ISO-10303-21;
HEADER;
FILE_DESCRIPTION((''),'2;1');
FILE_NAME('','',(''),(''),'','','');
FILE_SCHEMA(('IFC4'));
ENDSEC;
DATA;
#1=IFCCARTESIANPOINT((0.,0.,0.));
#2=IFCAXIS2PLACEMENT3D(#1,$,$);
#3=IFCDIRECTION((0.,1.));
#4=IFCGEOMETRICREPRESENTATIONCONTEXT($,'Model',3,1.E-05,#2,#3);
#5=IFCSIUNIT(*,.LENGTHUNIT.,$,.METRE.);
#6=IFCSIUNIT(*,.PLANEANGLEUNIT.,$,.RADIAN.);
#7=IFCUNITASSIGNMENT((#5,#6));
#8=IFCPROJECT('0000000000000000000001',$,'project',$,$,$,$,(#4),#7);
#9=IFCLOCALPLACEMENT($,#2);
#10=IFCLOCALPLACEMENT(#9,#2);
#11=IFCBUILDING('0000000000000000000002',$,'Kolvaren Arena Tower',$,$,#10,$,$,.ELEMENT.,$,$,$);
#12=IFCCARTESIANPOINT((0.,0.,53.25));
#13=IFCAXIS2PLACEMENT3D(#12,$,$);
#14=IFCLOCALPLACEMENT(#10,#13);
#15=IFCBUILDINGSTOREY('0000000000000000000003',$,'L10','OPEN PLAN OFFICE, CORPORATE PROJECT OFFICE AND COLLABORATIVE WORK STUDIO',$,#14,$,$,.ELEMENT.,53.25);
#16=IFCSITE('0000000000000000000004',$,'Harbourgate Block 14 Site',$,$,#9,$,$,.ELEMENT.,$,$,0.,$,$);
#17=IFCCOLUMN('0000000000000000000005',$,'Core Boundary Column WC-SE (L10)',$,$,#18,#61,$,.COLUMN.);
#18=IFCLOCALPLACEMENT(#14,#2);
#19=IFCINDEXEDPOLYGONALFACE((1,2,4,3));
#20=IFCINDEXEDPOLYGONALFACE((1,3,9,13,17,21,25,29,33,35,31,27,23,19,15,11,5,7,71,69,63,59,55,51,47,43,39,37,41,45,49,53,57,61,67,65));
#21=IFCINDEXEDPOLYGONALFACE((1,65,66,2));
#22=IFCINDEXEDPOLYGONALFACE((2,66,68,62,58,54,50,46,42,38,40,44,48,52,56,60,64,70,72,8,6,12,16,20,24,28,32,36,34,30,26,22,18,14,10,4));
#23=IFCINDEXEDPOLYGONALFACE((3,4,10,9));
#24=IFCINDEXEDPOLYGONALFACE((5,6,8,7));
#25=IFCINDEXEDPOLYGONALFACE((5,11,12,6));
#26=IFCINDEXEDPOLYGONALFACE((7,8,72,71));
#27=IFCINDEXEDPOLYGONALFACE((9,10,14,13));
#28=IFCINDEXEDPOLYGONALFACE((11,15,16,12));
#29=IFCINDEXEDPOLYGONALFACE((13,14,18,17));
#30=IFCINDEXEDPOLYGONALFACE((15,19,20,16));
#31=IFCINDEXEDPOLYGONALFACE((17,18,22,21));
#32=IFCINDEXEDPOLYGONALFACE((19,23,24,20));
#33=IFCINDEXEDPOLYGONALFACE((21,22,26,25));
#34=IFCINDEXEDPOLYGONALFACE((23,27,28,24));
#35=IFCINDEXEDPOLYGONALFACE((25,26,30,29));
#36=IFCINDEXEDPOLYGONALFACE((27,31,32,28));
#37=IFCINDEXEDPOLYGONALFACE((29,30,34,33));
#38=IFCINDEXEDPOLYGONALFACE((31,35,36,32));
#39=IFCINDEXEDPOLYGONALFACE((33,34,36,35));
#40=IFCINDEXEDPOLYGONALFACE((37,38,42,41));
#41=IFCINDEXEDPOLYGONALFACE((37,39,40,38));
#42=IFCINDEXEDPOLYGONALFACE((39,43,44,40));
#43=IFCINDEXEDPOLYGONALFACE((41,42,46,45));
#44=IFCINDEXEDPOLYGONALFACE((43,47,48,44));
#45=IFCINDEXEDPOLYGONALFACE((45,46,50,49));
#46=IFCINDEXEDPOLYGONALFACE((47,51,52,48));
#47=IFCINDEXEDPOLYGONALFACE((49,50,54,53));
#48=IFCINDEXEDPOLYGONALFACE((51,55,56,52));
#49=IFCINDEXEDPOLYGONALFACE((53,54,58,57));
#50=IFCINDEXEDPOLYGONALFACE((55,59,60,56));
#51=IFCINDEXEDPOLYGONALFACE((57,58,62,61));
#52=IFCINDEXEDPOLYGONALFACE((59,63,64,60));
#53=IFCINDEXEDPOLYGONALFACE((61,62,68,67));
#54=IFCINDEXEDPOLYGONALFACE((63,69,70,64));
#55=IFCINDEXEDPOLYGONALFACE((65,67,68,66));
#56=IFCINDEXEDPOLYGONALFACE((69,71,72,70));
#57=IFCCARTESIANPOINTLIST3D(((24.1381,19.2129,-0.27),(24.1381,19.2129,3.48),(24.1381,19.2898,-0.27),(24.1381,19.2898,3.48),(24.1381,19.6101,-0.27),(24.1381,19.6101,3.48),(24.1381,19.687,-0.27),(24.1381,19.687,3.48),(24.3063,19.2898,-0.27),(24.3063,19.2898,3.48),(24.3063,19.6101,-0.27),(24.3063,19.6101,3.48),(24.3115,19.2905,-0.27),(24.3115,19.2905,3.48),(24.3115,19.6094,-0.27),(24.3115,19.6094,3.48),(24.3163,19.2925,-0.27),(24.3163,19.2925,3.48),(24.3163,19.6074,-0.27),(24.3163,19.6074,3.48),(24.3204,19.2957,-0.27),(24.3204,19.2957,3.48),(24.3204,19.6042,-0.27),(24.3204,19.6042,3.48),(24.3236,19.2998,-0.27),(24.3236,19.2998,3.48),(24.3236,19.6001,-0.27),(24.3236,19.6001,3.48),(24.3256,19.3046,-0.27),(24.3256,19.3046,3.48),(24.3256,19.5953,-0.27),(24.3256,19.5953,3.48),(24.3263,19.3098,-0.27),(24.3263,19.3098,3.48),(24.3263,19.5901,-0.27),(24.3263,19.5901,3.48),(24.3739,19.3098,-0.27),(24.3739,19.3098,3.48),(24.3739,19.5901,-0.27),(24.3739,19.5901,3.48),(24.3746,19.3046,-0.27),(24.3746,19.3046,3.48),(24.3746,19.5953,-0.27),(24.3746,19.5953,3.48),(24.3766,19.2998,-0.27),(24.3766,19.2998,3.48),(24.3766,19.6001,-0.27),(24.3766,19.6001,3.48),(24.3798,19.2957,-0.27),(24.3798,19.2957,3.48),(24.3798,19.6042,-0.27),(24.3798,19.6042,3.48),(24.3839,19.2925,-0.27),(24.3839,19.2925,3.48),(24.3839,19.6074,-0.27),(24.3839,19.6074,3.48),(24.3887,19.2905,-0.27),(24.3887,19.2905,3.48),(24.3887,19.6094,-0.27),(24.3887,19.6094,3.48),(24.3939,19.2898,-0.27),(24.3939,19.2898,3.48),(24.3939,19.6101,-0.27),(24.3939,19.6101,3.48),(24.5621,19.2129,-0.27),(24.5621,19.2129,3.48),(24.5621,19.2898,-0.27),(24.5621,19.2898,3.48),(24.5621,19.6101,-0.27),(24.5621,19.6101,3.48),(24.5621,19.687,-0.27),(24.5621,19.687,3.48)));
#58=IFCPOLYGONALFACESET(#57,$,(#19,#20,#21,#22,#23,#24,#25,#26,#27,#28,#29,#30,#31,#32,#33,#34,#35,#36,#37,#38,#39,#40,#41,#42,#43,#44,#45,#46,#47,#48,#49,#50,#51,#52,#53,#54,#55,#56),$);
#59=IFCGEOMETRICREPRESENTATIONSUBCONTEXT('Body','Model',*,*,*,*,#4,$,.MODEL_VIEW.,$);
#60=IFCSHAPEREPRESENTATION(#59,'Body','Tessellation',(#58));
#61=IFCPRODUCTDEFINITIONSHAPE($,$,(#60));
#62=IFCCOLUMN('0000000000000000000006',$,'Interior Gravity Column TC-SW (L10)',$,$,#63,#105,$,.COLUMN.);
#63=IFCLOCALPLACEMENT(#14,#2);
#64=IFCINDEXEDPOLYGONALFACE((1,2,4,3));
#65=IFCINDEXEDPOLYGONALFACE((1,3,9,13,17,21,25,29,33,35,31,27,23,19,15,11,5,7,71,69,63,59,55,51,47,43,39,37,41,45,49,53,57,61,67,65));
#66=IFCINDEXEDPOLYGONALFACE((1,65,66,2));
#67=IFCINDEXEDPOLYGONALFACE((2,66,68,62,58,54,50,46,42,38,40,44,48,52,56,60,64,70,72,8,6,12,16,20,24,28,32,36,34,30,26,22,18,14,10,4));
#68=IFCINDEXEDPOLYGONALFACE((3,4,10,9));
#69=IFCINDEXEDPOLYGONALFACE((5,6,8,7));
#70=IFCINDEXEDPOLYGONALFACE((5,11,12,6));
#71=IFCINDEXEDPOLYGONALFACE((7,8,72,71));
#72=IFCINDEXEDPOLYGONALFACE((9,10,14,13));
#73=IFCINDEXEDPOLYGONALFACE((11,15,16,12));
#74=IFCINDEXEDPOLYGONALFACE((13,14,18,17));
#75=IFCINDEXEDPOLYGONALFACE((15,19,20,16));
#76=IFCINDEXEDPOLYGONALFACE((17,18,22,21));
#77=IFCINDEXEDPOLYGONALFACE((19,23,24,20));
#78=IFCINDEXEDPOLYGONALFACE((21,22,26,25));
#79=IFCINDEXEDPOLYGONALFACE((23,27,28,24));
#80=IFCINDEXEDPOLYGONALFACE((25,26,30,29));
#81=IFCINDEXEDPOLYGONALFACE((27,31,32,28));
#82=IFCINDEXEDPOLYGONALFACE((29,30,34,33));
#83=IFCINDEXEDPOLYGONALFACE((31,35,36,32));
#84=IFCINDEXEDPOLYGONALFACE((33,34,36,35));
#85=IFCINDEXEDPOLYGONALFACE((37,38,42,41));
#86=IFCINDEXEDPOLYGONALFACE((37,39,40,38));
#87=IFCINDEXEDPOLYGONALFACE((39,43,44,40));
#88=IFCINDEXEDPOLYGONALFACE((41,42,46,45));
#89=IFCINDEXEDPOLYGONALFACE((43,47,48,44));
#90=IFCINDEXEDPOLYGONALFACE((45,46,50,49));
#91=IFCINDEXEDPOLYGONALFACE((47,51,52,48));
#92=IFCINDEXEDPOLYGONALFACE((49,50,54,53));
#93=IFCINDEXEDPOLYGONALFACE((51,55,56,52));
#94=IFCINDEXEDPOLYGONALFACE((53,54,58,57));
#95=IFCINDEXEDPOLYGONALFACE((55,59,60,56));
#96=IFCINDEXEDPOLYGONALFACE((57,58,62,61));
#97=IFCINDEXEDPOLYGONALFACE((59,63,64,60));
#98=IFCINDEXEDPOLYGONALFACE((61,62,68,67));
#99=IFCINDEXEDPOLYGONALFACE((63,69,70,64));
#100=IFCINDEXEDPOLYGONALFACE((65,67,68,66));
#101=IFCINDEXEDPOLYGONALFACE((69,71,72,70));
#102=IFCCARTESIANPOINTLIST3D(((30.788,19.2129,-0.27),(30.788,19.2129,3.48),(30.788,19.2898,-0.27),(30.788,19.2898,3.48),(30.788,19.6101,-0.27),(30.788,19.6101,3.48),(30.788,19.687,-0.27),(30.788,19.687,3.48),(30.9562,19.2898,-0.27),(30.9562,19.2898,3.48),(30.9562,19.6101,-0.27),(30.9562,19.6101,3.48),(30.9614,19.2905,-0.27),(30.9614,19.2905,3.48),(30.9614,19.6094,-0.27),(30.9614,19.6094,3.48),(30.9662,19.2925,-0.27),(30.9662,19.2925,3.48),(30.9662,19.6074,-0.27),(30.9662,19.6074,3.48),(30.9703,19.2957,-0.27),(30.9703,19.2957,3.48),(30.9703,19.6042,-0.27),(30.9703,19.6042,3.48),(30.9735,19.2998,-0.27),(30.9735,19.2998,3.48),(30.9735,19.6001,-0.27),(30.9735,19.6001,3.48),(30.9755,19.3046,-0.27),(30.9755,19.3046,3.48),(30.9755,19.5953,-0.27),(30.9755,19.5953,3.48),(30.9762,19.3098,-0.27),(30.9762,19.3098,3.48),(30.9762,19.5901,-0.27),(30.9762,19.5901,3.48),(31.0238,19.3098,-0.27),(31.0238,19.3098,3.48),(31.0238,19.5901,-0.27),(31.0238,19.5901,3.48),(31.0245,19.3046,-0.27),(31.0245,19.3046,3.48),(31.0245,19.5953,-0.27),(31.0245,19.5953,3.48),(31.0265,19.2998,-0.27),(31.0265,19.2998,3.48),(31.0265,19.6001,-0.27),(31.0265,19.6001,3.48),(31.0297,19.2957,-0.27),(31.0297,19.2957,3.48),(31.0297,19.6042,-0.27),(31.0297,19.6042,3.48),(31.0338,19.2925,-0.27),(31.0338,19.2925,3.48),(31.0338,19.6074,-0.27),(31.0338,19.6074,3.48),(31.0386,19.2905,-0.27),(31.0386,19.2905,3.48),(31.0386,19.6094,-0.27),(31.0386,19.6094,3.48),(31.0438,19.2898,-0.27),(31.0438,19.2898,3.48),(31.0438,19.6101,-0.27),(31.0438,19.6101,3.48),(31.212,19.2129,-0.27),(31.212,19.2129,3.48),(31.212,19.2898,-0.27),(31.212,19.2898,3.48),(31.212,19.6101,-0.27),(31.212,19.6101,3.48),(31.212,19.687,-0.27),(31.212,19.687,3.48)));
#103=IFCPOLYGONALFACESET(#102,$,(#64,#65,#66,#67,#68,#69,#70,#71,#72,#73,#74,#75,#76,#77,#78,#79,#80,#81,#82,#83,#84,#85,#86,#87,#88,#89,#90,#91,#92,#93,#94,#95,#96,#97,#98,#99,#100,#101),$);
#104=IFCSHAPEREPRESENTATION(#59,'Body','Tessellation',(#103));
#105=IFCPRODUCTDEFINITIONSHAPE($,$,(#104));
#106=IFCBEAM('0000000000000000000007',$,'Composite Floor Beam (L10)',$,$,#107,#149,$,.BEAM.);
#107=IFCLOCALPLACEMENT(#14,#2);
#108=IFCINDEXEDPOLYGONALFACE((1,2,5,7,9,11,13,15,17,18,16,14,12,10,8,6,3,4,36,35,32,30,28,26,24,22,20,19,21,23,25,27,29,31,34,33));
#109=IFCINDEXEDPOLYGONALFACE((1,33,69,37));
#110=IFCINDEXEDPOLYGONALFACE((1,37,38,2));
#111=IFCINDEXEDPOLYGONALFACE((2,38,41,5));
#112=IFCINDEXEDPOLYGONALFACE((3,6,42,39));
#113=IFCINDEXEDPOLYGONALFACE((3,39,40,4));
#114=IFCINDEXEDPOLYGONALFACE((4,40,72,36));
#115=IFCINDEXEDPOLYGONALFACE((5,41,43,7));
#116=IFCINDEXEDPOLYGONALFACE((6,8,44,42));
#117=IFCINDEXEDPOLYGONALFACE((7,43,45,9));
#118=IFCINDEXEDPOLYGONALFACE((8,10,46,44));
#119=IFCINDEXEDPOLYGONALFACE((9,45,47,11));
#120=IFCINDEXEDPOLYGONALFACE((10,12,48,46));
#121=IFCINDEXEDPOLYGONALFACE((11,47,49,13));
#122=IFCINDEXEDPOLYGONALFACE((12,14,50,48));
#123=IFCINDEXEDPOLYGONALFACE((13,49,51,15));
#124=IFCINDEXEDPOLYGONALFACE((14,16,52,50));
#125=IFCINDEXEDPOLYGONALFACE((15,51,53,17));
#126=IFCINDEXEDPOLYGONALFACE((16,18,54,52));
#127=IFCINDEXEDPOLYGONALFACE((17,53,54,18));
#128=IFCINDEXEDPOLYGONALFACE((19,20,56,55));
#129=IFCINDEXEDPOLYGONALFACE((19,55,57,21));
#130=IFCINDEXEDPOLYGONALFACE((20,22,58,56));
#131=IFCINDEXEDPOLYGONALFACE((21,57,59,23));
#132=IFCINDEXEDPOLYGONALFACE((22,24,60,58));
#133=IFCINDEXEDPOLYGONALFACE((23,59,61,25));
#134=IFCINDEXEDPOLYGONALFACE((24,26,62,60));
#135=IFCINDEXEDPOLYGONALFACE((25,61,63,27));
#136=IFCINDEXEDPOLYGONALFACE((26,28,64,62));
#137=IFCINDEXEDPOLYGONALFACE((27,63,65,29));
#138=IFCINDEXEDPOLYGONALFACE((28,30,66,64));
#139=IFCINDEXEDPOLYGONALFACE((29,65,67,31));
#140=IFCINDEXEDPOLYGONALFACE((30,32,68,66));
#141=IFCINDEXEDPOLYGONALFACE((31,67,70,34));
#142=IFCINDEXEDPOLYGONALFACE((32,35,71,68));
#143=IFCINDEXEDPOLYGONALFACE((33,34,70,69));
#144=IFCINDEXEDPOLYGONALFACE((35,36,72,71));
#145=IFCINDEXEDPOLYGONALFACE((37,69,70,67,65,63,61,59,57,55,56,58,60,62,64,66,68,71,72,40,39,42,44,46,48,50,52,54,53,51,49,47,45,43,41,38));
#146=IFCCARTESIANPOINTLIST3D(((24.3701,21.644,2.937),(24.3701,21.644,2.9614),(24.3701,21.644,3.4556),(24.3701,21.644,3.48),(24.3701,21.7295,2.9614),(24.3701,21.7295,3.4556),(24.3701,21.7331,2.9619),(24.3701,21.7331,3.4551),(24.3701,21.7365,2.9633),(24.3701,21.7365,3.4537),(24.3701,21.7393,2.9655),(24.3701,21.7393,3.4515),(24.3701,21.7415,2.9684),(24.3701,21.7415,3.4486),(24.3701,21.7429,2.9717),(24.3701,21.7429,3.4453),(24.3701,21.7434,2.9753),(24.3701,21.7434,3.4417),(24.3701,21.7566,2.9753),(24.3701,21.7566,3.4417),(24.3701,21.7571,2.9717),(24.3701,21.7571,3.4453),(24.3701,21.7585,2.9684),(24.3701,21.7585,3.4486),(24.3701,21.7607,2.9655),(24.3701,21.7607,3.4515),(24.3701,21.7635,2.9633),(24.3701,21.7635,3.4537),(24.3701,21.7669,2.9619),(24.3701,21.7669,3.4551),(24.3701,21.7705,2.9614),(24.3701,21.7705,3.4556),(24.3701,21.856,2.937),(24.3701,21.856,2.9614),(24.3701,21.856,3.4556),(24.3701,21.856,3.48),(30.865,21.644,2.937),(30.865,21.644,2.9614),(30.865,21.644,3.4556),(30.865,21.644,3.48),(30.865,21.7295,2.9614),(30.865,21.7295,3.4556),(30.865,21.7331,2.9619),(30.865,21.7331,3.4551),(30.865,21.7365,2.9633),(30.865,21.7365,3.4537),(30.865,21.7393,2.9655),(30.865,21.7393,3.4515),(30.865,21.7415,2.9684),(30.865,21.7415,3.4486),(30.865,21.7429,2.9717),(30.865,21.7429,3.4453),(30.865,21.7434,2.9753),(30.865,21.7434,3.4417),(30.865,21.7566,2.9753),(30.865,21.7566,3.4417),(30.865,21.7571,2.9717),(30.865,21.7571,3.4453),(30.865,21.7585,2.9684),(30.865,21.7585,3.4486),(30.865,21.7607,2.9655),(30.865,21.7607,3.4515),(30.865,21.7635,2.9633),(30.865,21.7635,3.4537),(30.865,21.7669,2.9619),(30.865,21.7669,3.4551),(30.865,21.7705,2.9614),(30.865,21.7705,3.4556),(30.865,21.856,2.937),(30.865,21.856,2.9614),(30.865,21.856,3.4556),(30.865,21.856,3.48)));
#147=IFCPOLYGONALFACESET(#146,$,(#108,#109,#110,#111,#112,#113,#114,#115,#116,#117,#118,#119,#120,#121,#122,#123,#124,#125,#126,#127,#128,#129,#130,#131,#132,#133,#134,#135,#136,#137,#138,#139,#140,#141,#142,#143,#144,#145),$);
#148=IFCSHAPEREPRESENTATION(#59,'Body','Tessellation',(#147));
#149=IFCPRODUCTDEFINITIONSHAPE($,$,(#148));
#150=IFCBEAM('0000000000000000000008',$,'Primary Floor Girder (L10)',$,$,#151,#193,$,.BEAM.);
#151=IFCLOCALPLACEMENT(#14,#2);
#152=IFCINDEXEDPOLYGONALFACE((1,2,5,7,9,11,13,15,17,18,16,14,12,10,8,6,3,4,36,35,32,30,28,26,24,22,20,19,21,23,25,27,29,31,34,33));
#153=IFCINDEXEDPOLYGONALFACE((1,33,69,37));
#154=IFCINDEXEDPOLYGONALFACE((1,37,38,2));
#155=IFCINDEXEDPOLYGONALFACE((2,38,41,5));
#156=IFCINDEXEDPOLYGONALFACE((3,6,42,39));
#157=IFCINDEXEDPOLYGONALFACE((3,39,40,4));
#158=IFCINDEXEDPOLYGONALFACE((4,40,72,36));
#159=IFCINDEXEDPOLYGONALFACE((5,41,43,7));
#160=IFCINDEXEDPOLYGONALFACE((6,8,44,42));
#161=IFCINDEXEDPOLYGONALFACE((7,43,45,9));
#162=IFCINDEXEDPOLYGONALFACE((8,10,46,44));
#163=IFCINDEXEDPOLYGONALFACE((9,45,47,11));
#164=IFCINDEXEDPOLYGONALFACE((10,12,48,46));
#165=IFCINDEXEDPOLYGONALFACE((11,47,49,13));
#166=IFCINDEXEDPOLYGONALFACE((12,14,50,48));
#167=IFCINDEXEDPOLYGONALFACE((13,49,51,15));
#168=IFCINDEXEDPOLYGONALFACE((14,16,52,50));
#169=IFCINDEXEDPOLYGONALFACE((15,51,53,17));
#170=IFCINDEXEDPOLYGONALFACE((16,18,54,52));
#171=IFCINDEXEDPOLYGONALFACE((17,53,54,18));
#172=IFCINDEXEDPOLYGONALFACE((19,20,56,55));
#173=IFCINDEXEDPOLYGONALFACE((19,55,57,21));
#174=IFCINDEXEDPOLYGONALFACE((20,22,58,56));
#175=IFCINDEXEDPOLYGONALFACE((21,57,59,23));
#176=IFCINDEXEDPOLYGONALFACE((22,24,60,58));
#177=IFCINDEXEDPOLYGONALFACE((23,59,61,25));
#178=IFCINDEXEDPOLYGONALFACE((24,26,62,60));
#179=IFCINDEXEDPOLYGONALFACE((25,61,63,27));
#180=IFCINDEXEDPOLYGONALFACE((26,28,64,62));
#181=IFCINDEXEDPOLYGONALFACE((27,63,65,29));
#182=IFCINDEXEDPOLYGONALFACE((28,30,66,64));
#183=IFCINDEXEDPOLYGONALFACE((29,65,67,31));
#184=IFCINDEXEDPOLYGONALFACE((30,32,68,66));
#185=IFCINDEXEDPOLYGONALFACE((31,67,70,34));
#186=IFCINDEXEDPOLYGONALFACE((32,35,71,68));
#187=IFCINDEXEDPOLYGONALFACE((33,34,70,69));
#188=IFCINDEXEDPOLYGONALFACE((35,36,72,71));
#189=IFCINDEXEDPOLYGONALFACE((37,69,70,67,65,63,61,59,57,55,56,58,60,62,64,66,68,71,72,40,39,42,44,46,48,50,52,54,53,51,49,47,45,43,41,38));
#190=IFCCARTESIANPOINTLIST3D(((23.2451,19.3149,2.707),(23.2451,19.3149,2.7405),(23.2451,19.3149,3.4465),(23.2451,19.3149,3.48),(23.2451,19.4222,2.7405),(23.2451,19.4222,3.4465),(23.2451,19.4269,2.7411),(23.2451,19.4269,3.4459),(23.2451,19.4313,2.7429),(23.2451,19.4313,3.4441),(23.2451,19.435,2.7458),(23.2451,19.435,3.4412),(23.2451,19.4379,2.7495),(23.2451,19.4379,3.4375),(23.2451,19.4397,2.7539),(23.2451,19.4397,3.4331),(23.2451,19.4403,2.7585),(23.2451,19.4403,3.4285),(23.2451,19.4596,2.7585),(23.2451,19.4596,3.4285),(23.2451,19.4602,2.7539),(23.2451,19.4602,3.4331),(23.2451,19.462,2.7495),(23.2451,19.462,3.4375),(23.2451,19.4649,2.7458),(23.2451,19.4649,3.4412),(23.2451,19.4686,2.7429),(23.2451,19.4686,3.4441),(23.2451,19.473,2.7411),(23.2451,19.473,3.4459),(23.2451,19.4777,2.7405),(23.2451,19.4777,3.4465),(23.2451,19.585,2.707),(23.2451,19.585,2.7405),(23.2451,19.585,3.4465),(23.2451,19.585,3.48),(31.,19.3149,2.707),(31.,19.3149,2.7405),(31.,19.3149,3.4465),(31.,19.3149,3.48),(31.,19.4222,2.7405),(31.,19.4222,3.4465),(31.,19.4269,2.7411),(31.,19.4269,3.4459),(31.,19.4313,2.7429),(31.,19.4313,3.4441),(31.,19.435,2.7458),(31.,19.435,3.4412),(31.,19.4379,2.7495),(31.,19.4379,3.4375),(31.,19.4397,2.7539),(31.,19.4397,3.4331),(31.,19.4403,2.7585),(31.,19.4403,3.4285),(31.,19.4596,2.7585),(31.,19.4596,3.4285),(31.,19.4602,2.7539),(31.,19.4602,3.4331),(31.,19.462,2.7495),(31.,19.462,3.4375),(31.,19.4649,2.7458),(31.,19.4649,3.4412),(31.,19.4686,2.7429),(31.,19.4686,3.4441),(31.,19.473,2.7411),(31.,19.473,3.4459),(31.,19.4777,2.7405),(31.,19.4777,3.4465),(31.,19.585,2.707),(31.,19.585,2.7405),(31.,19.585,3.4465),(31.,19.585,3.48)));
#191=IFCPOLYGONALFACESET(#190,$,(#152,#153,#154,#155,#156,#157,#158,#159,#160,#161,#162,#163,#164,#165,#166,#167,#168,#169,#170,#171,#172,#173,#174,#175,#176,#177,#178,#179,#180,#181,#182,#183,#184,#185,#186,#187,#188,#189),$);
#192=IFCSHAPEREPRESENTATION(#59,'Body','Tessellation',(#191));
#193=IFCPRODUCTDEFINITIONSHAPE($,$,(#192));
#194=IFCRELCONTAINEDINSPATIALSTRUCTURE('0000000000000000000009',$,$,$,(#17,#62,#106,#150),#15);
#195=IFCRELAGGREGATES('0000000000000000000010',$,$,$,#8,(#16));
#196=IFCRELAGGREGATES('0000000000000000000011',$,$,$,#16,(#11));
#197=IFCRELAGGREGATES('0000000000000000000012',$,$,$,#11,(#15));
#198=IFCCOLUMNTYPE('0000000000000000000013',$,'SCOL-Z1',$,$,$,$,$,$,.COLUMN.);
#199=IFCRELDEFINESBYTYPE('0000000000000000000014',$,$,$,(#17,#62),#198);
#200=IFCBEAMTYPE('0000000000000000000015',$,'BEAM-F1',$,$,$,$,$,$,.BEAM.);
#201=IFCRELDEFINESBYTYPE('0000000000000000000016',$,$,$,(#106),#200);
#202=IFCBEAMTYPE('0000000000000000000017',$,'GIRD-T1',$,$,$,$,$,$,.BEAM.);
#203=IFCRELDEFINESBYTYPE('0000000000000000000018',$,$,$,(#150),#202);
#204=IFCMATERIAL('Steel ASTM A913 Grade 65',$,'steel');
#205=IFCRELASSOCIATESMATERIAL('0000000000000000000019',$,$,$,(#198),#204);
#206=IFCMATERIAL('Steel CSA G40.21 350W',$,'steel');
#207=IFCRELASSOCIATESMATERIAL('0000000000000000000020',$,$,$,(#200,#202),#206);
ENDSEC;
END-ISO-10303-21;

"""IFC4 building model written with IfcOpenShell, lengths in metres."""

from ifc_helpers import new_model, si_unit, direction, frame, origin, origin_2d, place, context, subcontext, project, spatial, i_section, extrude, material, material_profile, profile_set, type_object, element, save


model = new_model("IFC4")

# Units and contexts
model_context = context("Model", 3, precision=1e-05, world=origin(), true_north=direction((0.0, 1.0)))
body_context = subcontext(model_context, "Body", "Model", "MODEL_VIEW")
ifc_project = project(units=[si_unit("LENGTHUNIT", "METRE"), si_unit("PLANEANGLEUNIT", "RADIAN")], contexts=[model_context])

# Site, building, storey
site_placement = place(None, origin())
site = spatial("IfcSite", under=ifc_project, at=site_placement, Name="Harbourgate Block 14 Site", CompositionType="ELEMENT", RefElevation=0.0)
building_placement = place(site_placement, origin())
building = spatial("IfcBuilding", under=site, at=building_placement, Name="Kolvaren Arena Tower", CompositionType="ELEMENT")
storey_placement = place(building_placement, frame((0.0, 0.0, 53.25)))
storey = spatial("IfcBuildingStorey", under=building, at=storey_placement, Name="L10", Description="OPEN PLAN OFFICE, CORPORATE PROJECT OFFICE AND COLLABORATIVE WORK STUDIO", CompositionType="ELEMENT", Elevation=53.25)

# Columns
ifc_material_1 = material(Name="Steel ASTM A913 Grade 65", Category="steel")
ifc_material_profile_1 = material_profile(ifc_material_1, i_section(OverallWidth=0.4241, OverallDepth=0.4741, WebThickness=0.0476, FlangeThickness=0.0769, FilletRadius=0.02, at=origin_2d()), Name="W360x634")
ifc_profile_set_1 = profile_set([ifc_material_profile_1], Name="Steel ASTM A913 Grade 65")
column_type = type_object("IfcColumnType", Name="SCOL-Z1", PredefinedType="COLUMN", material=ifc_profile_set_1)
for number, where, z_axis, x_axis, name in (
    (1, (24.3501, 19.45, -0.27), (0.0, 0.0, 1.0), (1.0, 0.0, 0.0), "Core Boundary Column WC-SE (L10)"),
    (2, (31.0, 19.45, -0.27), (0.0, 0.0, 1.0), (1.0, 0.0, 0.0), "Interior Gravity Column TC-SW (L10)"),
):
    element("IfcColumn", number, at=place(storey_placement, frame(where, z_axis=z_axis, x_axis=x_axis)), inside=storey, type_object=column_type, Name=name, PredefinedType="COLUMN", context=body_context, shape_type="SweptSolid", body=[
        extrude(i_section(OverallWidth=0.4241, OverallDepth=0.4741, WebThickness=0.0476, FlangeThickness=0.0769, FilletRadius=0.02, at=origin_2d()), origin(), (0.0, 0.0, 1.0), 3.75),
    ])

# Beams
ifc_material_2 = material(Name="Steel CSA G40.21 350W", Category="steel")
ifc_material_profile_2 = material_profile(ifc_material_2, i_section(OverallWidth=0.2119, OverallDepth=0.543, WebThickness=0.0132, FlangeThickness=0.0244, FilletRadius=0.0139, at=origin_2d()), Name="W530x150")
ifc_profile_set_2 = profile_set([ifc_material_profile_2], Name="Steel CSA G40.21 350W")
beam_type_1 = type_object("IfcBeamType", Name="BEAM-F1", PredefinedType="BEAM", material=ifc_profile_set_2)
beam_1_placement = place(storey_placement, frame((24.3701, 21.75, 3.2085), z_axis=(1.0, 0.0, 0.0), x_axis=(0.0, 1.0, 0.0)))
element("IfcBeam", 3, at=beam_1_placement, inside=storey, type_object=beam_type_1, Name="Composite Floor Beam (L10)", PredefinedType="BEAM", context=body_context, shape_type="SweptSolid", body=[
    extrude(i_section(OverallWidth=0.2119, OverallDepth=0.543, WebThickness=0.0132, FlangeThickness=0.0244, FilletRadius=0.0139, at=origin_2d()), origin(), (0.0, 0.0, 1.0), 6.4949),
])
ifc_material_profile_3 = material_profile(ifc_material_2, i_section(OverallWidth=0.27, OverallDepth=0.7729, WebThickness=0.0193, FlangeThickness=0.0334, FilletRadius=0.0181, at=origin_2d()), Name="W760x257")
ifc_profile_set_3 = profile_set([ifc_material_profile_3], Name="Steel CSA G40.21 350W")
beam_type_2 = type_object("IfcBeamType", Name="GIRD-T1", PredefinedType="BEAM", material=ifc_profile_set_3)
beam_2_placement = place(storey_placement, frame((23.2451, 19.45, 3.0935), z_axis=(1.0, 0.0, 0.0), x_axis=(0.0, 1.0, 0.0)))
element("IfcBeam", 4, at=beam_2_placement, inside=storey, type_object=beam_type_2, Name="Primary Floor Girder (L10)", PredefinedType="BEAM", context=body_context, shape_type="SweptSolid", body=[
    extrude(i_section(OverallWidth=0.27, OverallDepth=0.7729, WebThickness=0.0193, FlangeThickness=0.0334, FilletRadius=0.0181, at=origin_2d()), origin(), (0.0, 0.0, 1.0), 7.7549),
])

save(model, "model.ifc")
